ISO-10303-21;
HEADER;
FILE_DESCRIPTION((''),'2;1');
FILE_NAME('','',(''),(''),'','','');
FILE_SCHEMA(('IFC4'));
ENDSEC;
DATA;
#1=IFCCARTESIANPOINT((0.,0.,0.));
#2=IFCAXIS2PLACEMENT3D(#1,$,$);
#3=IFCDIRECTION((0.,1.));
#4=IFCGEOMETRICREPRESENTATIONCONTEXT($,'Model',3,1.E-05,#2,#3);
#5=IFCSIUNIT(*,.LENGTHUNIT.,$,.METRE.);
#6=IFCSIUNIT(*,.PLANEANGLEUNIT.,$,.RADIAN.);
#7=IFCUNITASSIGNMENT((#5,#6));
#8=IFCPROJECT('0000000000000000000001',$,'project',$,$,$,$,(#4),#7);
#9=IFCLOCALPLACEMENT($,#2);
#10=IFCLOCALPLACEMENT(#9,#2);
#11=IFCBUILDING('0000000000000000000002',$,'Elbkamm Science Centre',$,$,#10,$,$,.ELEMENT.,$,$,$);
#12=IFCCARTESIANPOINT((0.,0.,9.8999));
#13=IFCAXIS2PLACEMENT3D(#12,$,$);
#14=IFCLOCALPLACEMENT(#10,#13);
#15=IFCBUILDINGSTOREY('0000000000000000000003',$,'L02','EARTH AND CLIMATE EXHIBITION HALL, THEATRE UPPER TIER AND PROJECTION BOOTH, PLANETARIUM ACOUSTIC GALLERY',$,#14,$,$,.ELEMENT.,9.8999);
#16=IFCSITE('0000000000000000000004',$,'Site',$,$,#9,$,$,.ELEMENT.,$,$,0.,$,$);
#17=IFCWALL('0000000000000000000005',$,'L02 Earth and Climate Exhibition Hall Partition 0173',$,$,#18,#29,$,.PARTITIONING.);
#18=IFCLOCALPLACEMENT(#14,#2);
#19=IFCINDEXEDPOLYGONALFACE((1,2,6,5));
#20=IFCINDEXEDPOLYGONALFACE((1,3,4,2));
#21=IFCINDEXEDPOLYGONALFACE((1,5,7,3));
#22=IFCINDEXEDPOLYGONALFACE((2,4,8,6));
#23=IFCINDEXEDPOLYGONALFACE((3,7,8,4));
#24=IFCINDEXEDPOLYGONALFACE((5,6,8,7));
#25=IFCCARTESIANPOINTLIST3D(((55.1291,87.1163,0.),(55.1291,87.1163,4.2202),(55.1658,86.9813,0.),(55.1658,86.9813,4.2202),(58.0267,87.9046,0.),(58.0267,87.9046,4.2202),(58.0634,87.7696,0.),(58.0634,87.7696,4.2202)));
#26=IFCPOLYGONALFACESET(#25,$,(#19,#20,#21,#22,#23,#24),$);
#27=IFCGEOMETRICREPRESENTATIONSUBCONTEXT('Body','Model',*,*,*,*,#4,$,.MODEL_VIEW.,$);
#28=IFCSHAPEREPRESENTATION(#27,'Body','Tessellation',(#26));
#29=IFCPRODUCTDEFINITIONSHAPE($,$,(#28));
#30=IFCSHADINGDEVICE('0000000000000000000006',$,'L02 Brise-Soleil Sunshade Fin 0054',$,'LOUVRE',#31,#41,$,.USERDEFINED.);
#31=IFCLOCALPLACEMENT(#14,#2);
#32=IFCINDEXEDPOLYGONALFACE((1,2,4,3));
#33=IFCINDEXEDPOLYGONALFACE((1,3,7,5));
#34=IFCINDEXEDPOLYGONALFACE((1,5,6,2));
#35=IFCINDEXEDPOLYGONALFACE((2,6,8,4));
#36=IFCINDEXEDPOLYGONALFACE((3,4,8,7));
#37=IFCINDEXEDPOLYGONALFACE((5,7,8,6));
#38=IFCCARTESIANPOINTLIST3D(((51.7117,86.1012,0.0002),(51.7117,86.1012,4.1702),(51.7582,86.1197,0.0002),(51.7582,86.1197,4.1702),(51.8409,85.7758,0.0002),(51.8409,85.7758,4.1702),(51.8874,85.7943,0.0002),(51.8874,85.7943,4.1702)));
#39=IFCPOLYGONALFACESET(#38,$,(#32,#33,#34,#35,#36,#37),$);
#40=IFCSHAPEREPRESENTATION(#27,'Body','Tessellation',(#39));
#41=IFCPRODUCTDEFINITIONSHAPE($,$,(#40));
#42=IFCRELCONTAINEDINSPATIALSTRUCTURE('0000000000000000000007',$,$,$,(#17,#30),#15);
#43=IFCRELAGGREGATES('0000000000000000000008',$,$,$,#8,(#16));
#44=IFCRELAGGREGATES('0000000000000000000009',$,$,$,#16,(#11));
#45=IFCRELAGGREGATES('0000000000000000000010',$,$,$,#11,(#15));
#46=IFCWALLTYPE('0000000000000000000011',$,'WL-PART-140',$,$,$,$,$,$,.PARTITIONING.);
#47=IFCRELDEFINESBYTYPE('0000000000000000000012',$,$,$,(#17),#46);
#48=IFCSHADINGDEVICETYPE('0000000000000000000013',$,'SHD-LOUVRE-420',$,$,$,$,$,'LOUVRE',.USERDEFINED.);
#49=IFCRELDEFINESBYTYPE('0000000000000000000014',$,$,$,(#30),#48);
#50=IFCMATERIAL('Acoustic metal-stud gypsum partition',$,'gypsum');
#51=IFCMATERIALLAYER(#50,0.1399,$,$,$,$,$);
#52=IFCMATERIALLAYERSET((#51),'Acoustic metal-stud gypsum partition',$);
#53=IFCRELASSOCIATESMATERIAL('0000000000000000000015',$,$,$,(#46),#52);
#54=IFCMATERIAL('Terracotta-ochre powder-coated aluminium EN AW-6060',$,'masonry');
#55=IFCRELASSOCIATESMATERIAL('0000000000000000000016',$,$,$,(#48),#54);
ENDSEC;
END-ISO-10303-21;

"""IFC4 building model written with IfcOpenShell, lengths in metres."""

from ifc_helpers import new_model, si_unit, direction, frame, frame_2d, origin, origin_2d, place, context, subcontext, project, spatial, rectangle, extrude, material, layer, layer_set, type_object, element, save


model = new_model("IFC4")

# Units and contexts
model_context = context("Model", 3, precision=1e-05, world=origin(), true_north=direction((0.0, 1.0)))
body_context = subcontext(model_context, "Body", "Model", "MODEL_VIEW")
ifc_project = project(units=[si_unit("LENGTHUNIT", "METRE"), si_unit("PLANEANGLEUNIT", "RADIAN")], contexts=[model_context])

# Site, building, storey
site_placement = place(None, origin())
site = spatial("IfcSite", under=ifc_project, at=site_placement, Name="Site", CompositionType="ELEMENT", RefElevation=0.0)
building_placement = place(site_placement, origin())
building = spatial("IfcBuilding", under=site, at=building_placement, Name="Elbkamm Science Centre", CompositionType="ELEMENT")
storey_placement = place(building_placement, frame((0.0, 0.0, 9.8999)))
storey = spatial("IfcBuildingStorey", under=building, at=storey_placement, Name="L02", Description="EARTH AND CLIMATE EXHIBITION HALL, THEATRE UPPER TIER AND PROJECTION BOOTH, PLANETARIUM ACOUSTIC GALLERY", CompositionType="ELEMENT", Elevation=9.8999)

# Wall
ifc_material_1 = material(Name="Acoustic metal-stud gypsum partition", Category="gypsum")
ifc_layer_1 = layer(ifc_material_1, 0.1399)
ifc_layer_set_1 = layer_set([ifc_layer_1], Name="Acoustic metal-stud gypsum partition")
wall_type = type_object("IfcWallType", Name="WL-PART-140", PredefinedType="PARTITIONING", material=ifc_layer_set_1)
wall_placement = place(storey_placement, frame((55.1475, 87.0488, 0.0), z_axis=(0.0, 0.0, 1.0), x_axis=(0.964929, 0.262512, 0.0)))
element("IfcWall", 1, at=wall_placement, inside=storey, type_object=wall_type, Name="L02 Earth and Climate Exhibition Hall Partition 0173", PredefinedType="PARTITIONING", context=body_context, shape_type="SweptSolid", body=[
    extrude(rectangle(XDim=3.0029, YDim=0.1399, at=frame_2d((1.5015, 0.0))), origin(), (0.0, 0.0, 1.0), 4.2202),
])

# Shading device
ifc_material_2 = material(Name="Terracotta-ochre powder-coated aluminium EN AW-6060", Category="masonry")
shading_device_type = type_object("IfcShadingDeviceType", Name="SHD-LOUVRE-420", ElementType="LOUVRE", PredefinedType="USERDEFINED", material=ifc_material_2)
shading_device_placement = place(storey_placement, frame((51.7996, 85.9478, 0.0002), z_axis=(0.0, 0.0, 1.0), x_axis=(-0.36916, 0.929366, 0.0)))
element("IfcShadingDevice", 2, at=shading_device_placement, inside=storey, type_object=shading_device_type, Name="L02 Brise-Soleil Sunshade Fin 0054", ObjectType="LOUVRE", PredefinedType="USERDEFINED", context=body_context, shape_type="SweptSolid", body=[
    extrude(rectangle(XDim=0.3501, YDim=0.05, at=origin_2d()), origin(), (0.0, 0.0, 1.0), 4.1699),
])

save(model, "model.ifc")
